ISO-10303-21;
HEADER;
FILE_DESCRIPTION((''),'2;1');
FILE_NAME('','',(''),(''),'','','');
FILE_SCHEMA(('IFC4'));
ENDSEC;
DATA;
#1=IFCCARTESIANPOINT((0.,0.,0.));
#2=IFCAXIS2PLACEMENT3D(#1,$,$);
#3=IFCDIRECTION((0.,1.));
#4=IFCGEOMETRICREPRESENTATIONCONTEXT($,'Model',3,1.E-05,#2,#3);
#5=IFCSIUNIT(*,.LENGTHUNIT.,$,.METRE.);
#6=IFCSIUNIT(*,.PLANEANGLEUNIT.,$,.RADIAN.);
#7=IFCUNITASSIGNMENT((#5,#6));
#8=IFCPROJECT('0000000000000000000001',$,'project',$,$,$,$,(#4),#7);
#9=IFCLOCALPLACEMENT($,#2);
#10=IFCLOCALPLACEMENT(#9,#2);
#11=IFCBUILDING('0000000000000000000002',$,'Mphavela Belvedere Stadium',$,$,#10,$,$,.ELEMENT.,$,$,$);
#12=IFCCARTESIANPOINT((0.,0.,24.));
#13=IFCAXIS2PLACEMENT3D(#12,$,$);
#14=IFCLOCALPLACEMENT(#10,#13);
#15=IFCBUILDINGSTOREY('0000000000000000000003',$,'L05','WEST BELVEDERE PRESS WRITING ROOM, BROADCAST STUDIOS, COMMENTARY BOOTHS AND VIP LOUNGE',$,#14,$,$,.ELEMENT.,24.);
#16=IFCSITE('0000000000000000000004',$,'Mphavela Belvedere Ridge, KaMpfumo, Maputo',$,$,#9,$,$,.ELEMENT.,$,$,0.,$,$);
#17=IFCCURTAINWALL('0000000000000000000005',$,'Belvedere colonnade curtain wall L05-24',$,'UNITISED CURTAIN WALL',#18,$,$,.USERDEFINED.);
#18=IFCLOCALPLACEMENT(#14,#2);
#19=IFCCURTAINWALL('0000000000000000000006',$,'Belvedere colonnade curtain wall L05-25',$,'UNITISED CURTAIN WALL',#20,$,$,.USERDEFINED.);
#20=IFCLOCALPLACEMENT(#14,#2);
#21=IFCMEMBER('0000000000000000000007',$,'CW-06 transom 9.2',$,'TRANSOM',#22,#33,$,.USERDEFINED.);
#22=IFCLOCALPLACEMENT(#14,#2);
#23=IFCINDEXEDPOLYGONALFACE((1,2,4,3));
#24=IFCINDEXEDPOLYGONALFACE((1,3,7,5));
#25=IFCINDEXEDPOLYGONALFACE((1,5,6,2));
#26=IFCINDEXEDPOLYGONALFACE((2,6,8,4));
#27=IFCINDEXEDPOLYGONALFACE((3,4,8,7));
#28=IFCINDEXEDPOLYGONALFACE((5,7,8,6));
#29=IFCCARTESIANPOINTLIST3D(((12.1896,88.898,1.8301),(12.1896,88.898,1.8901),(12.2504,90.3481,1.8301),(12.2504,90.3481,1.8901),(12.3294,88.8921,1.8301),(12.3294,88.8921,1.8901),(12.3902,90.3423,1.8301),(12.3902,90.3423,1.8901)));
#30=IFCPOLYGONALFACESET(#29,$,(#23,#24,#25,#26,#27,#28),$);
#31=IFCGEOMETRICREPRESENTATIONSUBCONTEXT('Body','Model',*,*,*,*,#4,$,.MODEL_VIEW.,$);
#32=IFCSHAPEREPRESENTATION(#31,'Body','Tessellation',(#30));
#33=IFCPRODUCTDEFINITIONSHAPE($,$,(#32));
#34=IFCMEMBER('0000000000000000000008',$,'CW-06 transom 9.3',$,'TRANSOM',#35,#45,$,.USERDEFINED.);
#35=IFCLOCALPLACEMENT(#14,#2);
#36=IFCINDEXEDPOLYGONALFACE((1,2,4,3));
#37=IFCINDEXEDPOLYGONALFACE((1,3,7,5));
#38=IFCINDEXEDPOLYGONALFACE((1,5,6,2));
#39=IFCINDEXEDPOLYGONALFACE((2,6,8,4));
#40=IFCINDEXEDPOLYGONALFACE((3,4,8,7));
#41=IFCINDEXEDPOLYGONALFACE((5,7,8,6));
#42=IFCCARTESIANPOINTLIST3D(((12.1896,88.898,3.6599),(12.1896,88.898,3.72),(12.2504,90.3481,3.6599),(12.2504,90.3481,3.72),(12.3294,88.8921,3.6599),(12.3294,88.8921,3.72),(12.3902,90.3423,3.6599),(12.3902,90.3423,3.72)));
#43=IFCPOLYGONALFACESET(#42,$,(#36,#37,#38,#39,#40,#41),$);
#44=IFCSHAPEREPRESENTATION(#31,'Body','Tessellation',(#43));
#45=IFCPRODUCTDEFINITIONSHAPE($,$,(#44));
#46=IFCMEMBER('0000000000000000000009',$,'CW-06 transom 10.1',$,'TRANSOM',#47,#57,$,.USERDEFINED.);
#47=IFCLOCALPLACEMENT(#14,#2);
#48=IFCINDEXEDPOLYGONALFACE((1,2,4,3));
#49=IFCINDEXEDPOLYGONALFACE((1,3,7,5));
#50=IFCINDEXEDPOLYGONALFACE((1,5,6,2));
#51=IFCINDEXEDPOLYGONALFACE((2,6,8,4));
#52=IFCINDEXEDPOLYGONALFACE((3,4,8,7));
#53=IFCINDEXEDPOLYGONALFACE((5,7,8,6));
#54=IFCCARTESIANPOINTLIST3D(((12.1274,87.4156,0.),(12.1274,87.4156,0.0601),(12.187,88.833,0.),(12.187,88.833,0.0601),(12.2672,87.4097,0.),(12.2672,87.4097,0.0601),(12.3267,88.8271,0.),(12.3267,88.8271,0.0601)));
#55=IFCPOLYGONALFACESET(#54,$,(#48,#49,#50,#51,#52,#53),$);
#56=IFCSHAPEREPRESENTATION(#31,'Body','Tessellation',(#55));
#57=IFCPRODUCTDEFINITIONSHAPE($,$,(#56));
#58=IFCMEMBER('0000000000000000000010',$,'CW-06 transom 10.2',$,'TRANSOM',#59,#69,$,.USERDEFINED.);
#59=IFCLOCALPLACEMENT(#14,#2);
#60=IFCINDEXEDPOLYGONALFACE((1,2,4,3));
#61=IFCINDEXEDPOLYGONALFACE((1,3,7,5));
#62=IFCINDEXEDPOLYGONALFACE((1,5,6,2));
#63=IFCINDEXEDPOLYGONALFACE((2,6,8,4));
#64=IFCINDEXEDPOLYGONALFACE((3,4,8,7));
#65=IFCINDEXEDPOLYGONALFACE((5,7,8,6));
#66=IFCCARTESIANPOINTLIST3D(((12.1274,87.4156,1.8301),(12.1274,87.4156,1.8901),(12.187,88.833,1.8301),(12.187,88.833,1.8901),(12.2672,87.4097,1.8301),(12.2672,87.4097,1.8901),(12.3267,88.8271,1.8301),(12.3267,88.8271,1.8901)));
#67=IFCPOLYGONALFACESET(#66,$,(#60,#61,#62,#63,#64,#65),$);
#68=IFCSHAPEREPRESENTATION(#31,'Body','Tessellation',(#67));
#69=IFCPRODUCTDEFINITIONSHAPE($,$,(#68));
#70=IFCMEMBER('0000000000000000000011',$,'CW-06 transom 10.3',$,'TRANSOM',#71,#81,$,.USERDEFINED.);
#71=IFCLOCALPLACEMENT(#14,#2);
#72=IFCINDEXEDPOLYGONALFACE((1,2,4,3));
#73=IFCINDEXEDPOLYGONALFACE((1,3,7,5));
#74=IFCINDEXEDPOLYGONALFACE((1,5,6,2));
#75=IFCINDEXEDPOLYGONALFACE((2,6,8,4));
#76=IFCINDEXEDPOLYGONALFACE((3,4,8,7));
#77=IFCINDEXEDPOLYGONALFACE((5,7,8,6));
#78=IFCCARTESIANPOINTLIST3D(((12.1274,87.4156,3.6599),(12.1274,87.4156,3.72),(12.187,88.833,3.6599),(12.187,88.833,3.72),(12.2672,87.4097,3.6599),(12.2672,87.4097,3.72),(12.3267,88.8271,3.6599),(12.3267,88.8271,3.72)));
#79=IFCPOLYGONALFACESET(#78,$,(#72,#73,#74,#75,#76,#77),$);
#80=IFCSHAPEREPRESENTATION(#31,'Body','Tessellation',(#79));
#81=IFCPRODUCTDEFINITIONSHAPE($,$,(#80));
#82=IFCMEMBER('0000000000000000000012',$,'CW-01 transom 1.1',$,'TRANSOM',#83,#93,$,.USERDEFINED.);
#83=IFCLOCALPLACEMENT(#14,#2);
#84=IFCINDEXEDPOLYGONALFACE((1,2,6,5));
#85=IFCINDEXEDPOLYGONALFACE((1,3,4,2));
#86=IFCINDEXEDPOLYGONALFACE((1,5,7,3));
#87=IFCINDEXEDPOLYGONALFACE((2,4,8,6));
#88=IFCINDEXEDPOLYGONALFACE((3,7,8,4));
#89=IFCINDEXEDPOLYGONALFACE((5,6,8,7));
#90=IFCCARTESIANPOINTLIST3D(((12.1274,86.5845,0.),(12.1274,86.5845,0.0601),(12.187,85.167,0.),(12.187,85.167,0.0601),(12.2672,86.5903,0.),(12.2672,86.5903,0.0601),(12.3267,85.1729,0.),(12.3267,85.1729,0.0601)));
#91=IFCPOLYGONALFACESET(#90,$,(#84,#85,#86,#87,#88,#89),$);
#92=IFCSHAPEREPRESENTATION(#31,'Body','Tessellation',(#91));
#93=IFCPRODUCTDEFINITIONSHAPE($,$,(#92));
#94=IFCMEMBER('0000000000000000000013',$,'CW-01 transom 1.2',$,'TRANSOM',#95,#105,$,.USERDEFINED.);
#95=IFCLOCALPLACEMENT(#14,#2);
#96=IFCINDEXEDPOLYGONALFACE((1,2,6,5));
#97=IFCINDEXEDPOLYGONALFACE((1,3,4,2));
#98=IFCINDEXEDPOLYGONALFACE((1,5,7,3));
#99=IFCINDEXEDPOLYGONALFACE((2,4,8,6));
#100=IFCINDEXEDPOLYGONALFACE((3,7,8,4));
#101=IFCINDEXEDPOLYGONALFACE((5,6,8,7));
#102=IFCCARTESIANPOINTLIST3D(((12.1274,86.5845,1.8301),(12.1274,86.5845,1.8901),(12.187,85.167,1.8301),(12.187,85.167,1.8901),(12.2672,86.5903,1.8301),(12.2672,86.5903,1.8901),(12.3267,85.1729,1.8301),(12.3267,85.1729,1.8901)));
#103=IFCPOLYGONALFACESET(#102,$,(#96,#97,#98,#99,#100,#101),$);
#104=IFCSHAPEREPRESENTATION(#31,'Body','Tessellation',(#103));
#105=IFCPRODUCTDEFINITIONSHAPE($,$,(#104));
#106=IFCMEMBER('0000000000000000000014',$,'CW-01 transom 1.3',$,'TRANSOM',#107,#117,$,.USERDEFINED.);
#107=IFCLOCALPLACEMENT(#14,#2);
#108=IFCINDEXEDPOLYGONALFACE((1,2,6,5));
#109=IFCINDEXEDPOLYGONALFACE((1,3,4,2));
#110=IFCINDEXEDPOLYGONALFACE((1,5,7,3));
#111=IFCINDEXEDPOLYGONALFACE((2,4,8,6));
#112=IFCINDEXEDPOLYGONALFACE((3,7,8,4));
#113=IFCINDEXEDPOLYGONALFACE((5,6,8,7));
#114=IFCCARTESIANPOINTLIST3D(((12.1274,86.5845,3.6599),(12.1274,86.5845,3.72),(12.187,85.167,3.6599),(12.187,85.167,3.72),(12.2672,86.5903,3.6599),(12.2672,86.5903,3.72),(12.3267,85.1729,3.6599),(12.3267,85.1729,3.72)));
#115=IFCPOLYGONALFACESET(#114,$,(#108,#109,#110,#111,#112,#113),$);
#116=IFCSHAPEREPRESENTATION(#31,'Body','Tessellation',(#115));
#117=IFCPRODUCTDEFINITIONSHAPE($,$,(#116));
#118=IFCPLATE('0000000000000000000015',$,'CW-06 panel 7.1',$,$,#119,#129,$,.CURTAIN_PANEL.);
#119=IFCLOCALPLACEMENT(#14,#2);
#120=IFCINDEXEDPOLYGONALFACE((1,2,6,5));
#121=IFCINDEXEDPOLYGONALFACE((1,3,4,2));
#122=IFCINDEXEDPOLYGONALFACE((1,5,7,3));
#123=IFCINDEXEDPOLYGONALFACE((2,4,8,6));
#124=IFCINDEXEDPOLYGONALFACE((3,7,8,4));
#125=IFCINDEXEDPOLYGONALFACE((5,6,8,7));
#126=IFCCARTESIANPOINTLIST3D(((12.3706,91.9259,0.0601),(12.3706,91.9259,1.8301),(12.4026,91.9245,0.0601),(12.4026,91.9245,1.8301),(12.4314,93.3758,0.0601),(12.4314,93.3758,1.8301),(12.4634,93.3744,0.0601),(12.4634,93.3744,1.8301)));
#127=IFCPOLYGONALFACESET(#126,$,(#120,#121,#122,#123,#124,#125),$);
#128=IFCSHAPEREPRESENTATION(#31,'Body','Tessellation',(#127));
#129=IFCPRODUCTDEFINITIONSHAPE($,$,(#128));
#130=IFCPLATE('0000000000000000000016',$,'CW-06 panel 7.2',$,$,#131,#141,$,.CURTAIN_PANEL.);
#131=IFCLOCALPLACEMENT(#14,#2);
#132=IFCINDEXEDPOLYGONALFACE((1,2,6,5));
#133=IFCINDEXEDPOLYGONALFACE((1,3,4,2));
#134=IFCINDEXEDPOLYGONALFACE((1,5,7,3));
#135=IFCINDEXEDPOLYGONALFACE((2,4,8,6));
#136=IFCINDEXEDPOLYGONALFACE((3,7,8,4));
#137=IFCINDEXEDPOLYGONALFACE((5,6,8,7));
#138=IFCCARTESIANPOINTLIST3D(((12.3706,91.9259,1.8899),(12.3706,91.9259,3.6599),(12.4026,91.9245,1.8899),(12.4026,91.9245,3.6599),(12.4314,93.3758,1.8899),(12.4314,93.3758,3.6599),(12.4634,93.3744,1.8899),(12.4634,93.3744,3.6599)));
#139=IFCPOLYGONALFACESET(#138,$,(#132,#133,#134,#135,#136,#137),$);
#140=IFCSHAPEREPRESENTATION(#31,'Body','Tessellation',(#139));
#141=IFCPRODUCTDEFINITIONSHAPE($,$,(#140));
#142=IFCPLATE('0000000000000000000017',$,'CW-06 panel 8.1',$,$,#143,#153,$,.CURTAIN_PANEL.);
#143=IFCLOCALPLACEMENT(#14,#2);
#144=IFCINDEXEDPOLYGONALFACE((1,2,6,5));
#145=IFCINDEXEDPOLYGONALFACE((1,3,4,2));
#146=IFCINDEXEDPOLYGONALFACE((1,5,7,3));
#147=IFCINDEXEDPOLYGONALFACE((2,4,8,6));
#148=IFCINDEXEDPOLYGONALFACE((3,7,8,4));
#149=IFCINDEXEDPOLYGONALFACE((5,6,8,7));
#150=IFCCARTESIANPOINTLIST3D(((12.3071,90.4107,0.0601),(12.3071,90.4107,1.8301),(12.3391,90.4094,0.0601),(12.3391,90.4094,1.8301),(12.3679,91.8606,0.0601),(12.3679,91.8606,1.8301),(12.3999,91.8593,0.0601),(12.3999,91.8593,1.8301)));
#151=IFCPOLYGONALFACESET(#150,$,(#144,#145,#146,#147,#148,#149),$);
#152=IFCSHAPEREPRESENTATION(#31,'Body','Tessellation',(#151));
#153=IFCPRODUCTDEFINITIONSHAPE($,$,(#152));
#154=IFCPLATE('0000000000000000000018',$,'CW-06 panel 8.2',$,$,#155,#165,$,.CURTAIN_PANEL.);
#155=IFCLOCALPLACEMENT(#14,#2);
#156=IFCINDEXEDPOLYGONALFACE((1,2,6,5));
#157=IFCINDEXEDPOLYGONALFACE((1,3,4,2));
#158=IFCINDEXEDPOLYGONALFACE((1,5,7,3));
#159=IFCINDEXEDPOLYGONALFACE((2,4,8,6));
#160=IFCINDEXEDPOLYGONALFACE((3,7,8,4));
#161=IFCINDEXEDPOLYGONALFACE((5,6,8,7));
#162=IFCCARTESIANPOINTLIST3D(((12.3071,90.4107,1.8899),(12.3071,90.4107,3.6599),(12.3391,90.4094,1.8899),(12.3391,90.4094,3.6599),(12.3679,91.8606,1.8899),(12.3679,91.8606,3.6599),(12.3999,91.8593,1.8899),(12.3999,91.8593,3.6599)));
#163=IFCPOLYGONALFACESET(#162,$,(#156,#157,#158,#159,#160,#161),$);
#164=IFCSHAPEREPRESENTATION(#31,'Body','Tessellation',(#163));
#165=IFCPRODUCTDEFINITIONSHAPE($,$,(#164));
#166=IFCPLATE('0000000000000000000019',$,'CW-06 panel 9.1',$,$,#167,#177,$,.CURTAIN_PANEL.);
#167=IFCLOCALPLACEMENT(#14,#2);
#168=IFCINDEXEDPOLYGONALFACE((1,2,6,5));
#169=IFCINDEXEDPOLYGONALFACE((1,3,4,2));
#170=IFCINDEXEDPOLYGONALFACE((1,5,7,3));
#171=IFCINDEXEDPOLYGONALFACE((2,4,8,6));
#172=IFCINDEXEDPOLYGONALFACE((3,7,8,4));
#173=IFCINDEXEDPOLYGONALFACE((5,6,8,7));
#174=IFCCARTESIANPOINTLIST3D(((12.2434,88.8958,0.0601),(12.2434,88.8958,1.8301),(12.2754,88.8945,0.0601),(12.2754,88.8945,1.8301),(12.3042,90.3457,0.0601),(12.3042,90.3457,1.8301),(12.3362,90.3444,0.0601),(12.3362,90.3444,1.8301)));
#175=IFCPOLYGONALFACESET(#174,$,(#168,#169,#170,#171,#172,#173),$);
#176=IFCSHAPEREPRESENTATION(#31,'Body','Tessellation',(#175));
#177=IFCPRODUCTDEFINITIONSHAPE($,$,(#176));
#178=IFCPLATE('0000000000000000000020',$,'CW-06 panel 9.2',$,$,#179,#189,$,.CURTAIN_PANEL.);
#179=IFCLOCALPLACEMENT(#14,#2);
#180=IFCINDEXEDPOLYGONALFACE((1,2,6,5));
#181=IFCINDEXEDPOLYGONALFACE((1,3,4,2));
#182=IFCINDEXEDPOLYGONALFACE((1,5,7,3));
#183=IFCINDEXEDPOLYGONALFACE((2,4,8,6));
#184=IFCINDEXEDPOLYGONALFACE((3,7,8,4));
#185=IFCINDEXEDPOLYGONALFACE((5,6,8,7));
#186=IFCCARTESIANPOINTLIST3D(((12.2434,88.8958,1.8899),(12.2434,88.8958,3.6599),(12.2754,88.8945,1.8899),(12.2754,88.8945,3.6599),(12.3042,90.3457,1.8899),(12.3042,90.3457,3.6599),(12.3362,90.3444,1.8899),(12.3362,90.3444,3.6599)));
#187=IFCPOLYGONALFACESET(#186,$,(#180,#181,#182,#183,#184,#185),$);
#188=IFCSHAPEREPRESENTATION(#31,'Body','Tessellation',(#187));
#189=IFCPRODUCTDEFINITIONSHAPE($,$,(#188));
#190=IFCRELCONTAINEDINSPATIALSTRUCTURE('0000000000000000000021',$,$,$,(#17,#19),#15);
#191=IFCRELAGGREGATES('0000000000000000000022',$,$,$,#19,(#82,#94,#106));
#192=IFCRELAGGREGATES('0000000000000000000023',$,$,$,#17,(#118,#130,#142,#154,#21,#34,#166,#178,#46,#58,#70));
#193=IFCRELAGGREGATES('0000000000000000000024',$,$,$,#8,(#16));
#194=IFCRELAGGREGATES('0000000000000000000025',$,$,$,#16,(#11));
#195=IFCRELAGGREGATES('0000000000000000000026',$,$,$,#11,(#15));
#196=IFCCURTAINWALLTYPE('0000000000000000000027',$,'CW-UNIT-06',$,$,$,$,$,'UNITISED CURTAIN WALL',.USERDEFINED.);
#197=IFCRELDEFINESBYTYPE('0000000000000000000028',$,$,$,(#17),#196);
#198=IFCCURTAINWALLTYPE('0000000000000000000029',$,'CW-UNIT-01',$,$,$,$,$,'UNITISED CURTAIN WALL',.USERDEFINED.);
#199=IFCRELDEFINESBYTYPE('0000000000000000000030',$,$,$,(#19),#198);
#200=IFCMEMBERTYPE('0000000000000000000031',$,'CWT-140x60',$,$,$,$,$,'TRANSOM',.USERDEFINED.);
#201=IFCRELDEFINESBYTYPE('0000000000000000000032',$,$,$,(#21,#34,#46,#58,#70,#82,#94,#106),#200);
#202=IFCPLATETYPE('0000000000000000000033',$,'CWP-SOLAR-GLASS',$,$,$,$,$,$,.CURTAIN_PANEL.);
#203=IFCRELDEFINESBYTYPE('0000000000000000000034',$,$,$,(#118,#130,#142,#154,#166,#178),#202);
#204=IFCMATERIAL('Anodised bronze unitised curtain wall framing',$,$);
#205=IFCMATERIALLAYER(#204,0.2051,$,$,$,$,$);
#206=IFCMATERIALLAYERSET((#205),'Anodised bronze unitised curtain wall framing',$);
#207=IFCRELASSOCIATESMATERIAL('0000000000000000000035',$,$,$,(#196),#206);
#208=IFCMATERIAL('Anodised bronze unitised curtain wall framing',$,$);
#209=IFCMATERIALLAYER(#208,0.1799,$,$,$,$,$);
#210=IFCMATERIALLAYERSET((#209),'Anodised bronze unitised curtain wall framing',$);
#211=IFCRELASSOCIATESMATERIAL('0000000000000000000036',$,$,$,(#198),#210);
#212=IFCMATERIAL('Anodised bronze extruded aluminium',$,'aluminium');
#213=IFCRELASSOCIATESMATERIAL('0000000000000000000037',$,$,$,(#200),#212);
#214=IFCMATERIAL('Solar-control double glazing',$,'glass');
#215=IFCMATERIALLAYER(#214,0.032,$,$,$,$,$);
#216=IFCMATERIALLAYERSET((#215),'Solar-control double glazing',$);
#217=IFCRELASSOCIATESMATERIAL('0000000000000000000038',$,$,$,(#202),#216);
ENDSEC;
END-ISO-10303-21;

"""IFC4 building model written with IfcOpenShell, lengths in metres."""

from ifc_helpers import new_model, si_unit, direction, frame, origin, origin_2d, place, context, subcontext, project, spatial, rectangle, extrude, material, layer, layer_set, material_profile, profile_set, type_object, element, aggregate, save


model = new_model("IFC4")

# Units and contexts
model_context = context("Model", 3, precision=1e-05, world=origin(), true_north=direction((0.0, 1.0)))
body_context = subcontext(model_context, "Body", "Model", "MODEL_VIEW")
ifc_project = project(units=[si_unit("LENGTHUNIT", "METRE"), si_unit("PLANEANGLEUNIT", "RADIAN")], contexts=[model_context])

# Site, building, storey
site_placement = place(None, origin())
site = spatial("IfcSite", under=ifc_project, at=site_placement, Name="Mphavela Belvedere Ridge, KaMpfumo, Maputo", CompositionType="ELEMENT", RefElevation=0.0)
building_placement = place(site_placement, origin())
building = spatial("IfcBuilding", under=site, at=building_placement, Name="Mphavela Belvedere Stadium", CompositionType="ELEMENT")
storey_placement = place(building_placement, frame((0.0, 0.0, 24.0)))
storey = spatial("IfcBuildingStorey", under=building, at=storey_placement, Name="L05", Description="WEST BELVEDERE PRESS WRITING ROOM, BROADCAST STUDIOS, COMMENTARY BOOTHS AND VIP LOUNGE", CompositionType="ELEMENT", Elevation=24.0)

# Curtain wall
ifc_material_1 = material(Name="Anodised bronze unitised curtain wall framing")
ifc_layer_1 = layer(ifc_material_1, 0.2051)
ifc_layer_set_1 = layer_set([ifc_layer_1], Name="Anodised bronze unitised curtain wall framing")
curtain_wall_type_1 = type_object("IfcCurtainWallType", Name="CW-UNIT-06", ElementType="UNITISED CURTAIN WALL", PredefinedType="USERDEFINED", material=ifc_layer_set_1)
curtain_wall_1_placement = place(storey_placement, origin())
curtain_wall_1 = element("IfcCurtainWall", 1, at=curtain_wall_1_placement, inside=storey, type_object=curtain_wall_type_1, Name="Belvedere colonnade curtain wall L05-24", ObjectType="UNITISED CURTAIN WALL", PredefinedType="USERDEFINED")

# Curtain wall
ifc_material_2 = material(Name="Anodised bronze unitised curtain wall framing")
ifc_layer_2 = layer(ifc_material_2, 0.1799)
ifc_layer_set_2 = layer_set([ifc_layer_2], Name="Anodised bronze unitised curtain wall framing")
curtain_wall_type_2 = type_object("IfcCurtainWallType", Name="CW-UNIT-01", ElementType="UNITISED CURTAIN WALL", PredefinedType="USERDEFINED", material=ifc_layer_set_2)
curtain_wall_2_placement = place(storey_placement, origin())
curtain_wall_2 = element("IfcCurtainWall", 2, at=curtain_wall_2_placement, inside=storey, type_object=curtain_wall_type_2, Name="Belvedere colonnade curtain wall L05-25", ObjectType="UNITISED CURTAIN WALL", PredefinedType="USERDEFINED")

# Members
ifc_material_3 = material(Name="Anodised bronze extruded aluminium", Category="aluminium")
ifc_material_profile_1 = material_profile(ifc_material_3, rectangle(XDim=0.1399, YDim=0.0601, at=origin_2d()), Name="CW-TRN 140x60")
ifc_profile_set_1 = profile_set([ifc_material_profile_1], Name="Anodised bronze extruded aluminium")
member_type_1 = type_object("IfcMemberType", Name="CWT-140x60", ElementType="TRANSOM", PredefinedType="USERDEFINED", material=ifc_profile_set_1)
member_1_placement = place(storey_placement, frame((12.3203, 90.3452, 1.8601), z_axis=(-0.041882, -0.999123, 0.0), x_axis=(0.999123, -0.041882, 0.0)))
member_1 = element("IfcMember", 3, at=member_1_placement, type_object=member_type_1, Name="CW-06 transom 9.2", ObjectType="TRANSOM", PredefinedType="USERDEFINED", context=body_context, shape_type="SweptSolid", body=[
    extrude(rectangle(XDim=0.1399, YDim=0.0601, at=origin_2d()), origin(), (0.0, 0.0, 1.0), 1.4514),
])
member_2_placement = place(storey_placement, frame((12.3203, 90.3452, 3.6899), z_axis=(-0.041882, -0.999123, 0.0), x_axis=(0.999123, -0.041882, 0.0)))
member_2 = element("IfcMember", 4, at=member_2_placement, type_object=member_type_1, Name="CW-06 transom 9.3", ObjectType="TRANSOM", PredefinedType="USERDEFINED", context=body_context, shape_type="SweptSolid", body=[
    extrude(rectangle(XDim=0.1399, YDim=0.0601, at=origin_2d()), origin(), (0.0, 0.0, 1.0), 1.4514),
])
member_3_placement = place(storey_placement, frame((12.2568, 88.8301, 0.03), z_axis=(-0.041988, -0.999118, 0.0), x_axis=(0.999118, -0.041988, 0.0)))
member_3 = element("IfcMember", 5, at=member_3_placement, type_object=member_type_1, Name="CW-06 transom 10.1", ObjectType="TRANSOM", PredefinedType="USERDEFINED", context=body_context, shape_type="SweptSolid", body=[
    extrude(rectangle(XDim=0.1399, YDim=0.0601, at=origin_2d()), origin(), (0.0, 0.0, 1.0), 1.4187),
])
member_4_placement = place(storey_placement, frame((12.2568, 88.8301, 1.8601), z_axis=(-0.041988, -0.999118, 0.0), x_axis=(0.999118, -0.041988, 0.0)))
member_4 = element("IfcMember", 6, at=member_4_placement, type_object=member_type_1, Name="CW-06 transom 10.2", ObjectType="TRANSOM", PredefinedType="USERDEFINED", context=body_context, shape_type="SweptSolid", body=[
    extrude(rectangle(XDim=0.1399, YDim=0.0601, at=origin_2d()), origin(), (0.0, 0.0, 1.0), 1.4187),
])
member_5_placement = place(storey_placement, frame((12.2568, 88.8301, 3.6899), z_axis=(-0.041988, -0.999118, 0.0), x_axis=(0.999118, -0.041988, 0.0)))
member_5 = element("IfcMember", 7, at=member_5_placement, type_object=member_type_1, Name="CW-06 transom 10.3", ObjectType="TRANSOM", PredefinedType="USERDEFINED", context=body_context, shape_type="SweptSolid", body=[
    extrude(rectangle(XDim=0.1399, YDim=0.0601, at=origin_2d()), origin(), (0.0, 0.0, 1.0), 1.4187),
])
member_6_placement = place(storey_placement, frame((12.1973, 86.5874, 0.03), z_axis=(0.041988, -0.999118, 0.0), x_axis=(0.999118, 0.041988, 0.0)))
member_6 = element("IfcMember", 8, at=member_6_placement, type_object=member_type_1, Name="CW-01 transom 1.1", ObjectType="TRANSOM", PredefinedType="USERDEFINED", context=body_context, shape_type="SweptSolid", body=[
    extrude(rectangle(XDim=0.1399, YDim=0.0601, at=origin_2d()), origin(), (0.0, 0.0, 1.0), 1.4187),
])
member_7_placement = place(storey_placement, frame((12.1973, 86.5874, 1.8601), z_axis=(0.041988, -0.999118, 0.0), x_axis=(0.999118, 0.041988, 0.0)))
member_7 = element("IfcMember", 9, at=member_7_placement, type_object=member_type_1, Name="CW-01 transom 1.2", ObjectType="TRANSOM", PredefinedType="USERDEFINED", context=body_context, shape_type="SweptSolid", body=[
    extrude(rectangle(XDim=0.1399, YDim=0.0601, at=origin_2d()), origin(), (0.0, 0.0, 1.0), 1.4187),
])
member_8_placement = place(storey_placement, frame((12.1973, 86.5874, 3.6899), z_axis=(0.041988, -0.999118, 0.0), x_axis=(0.999118, 0.041988, 0.0)))
member_8 = element("IfcMember", 10, at=member_8_placement, type_object=member_type_1, Name="CW-01 transom 1.3", ObjectType="TRANSOM", PredefinedType="USERDEFINED", context=body_context, shape_type="SweptSolid", body=[
    extrude(rectangle(XDim=0.1399, YDim=0.0601, at=origin_2d()), origin(), (0.0, 0.0, 1.0), 1.4187),
])
aggregate(curtain_wall_2, [member_6, member_7, member_8])

# Plates
ifc_material_4 = material(Name="Solar-control double glazing", Category="glass")
ifc_layer_3 = layer(ifc_material_4, 0.032)
ifc_layer_set_3 = layer_set([ifc_layer_3], Name="Solar-control double glazing")
plate_type = type_object("IfcPlateType", Name="CWP-SOLAR-GLASS", PredefinedType="CURTAIN_PANEL", material=ifc_layer_set_3)
plate_1_placement = place(storey_placement, frame((12.417, 92.6501, 0.0601), z_axis=(0.0, 0.0, 1.0), x_axis=(-0.041905, -0.999122, 0.0)))
plate_1 = element("IfcPlate", 11, at=plate_1_placement, type_object=plate_type, Name="CW-06 panel 7.1", PredefinedType="CURTAIN_PANEL", context=body_context, shape_type="SweptSolid", body=[
    extrude(rectangle(XDim=1.4512, YDim=0.032, at=origin_2d()), origin(), (0.0, 0.0, 1.0), 1.77),
])
plate_2_placement = place(storey_placement, frame((12.417, 92.6501, 1.8899), z_axis=(0.0, 0.0, 1.0), x_axis=(-0.041905, -0.999122, 0.0)))
plate_2 = element("IfcPlate", 12, at=plate_2_placement, type_object=plate_type, Name="CW-06 panel 7.2", PredefinedType="CURTAIN_PANEL", context=body_context, shape_type="SweptSolid", body=[
    extrude(rectangle(XDim=1.4512, YDim=0.032, at=origin_2d()), origin(), (0.0, 0.0, 1.0), 1.77),
])
plate_3_placement = place(storey_placement, frame((12.3535, 91.135, 0.0601), z_axis=(0.0, 0.0, 1.0), x_axis=(-0.041905, -0.999122, 0.0)))
plate_3 = element("IfcPlate", 13, at=plate_3_placement, type_object=plate_type, Name="CW-06 panel 8.1", PredefinedType="CURTAIN_PANEL", context=body_context, shape_type="SweptSolid", body=[
    extrude(rectangle(XDim=1.4512, YDim=0.032, at=origin_2d()), origin(), (0.0, 0.0, 1.0), 1.77),
])
plate_4_placement = place(storey_placement, frame((12.3535, 91.135, 1.8899), z_axis=(0.0, 0.0, 1.0), x_axis=(-0.041905, -0.999122, 0.0)))
plate_4 = element("IfcPlate", 14, at=plate_4_placement, type_object=plate_type, Name="CW-06 panel 8.2", PredefinedType="CURTAIN_PANEL", context=body_context, shape_type="SweptSolid", body=[
    extrude(rectangle(XDim=1.4512, YDim=0.032, at=origin_2d()), origin(), (0.0, 0.0, 1.0), 1.77),
])
plate_5_placement = place(storey_placement, frame((12.2898, 89.6201, 0.0601), z_axis=(0.0, 0.0, 1.0), x_axis=(-0.041905, -0.999122, 0.0)))
plate_5 = element("IfcPlate", 15, at=plate_5_placement, type_object=plate_type, Name="CW-06 panel 9.1", PredefinedType="CURTAIN_PANEL", context=body_context, shape_type="SweptSolid", body=[
    extrude(rectangle(XDim=1.4512, YDim=0.032, at=origin_2d()), origin(), (0.0, 0.0, 1.0), 1.77),
])
plate_6_placement = place(storey_placement, frame((12.2898, 89.6201, 1.8899), z_axis=(0.0, 0.0, 1.0), x_axis=(-0.041905, -0.999122, 0.0)))
plate_6 = element("IfcPlate", 16, at=plate_6_placement, type_object=plate_type, Name="CW-06 panel 9.2", PredefinedType="CURTAIN_PANEL", context=body_context, shape_type="SweptSolid", body=[
    extrude(rectangle(XDim=1.4512, YDim=0.032, at=origin_2d()), origin(), (0.0, 0.0, 1.0), 1.77),
])
aggregate(curtain_wall_1, [plate_1, plate_2, plate_3, plate_4, member_1, member_2, plate_5, plate_6, member_3, member_4, member_5])

save(model, "model.ifc")
